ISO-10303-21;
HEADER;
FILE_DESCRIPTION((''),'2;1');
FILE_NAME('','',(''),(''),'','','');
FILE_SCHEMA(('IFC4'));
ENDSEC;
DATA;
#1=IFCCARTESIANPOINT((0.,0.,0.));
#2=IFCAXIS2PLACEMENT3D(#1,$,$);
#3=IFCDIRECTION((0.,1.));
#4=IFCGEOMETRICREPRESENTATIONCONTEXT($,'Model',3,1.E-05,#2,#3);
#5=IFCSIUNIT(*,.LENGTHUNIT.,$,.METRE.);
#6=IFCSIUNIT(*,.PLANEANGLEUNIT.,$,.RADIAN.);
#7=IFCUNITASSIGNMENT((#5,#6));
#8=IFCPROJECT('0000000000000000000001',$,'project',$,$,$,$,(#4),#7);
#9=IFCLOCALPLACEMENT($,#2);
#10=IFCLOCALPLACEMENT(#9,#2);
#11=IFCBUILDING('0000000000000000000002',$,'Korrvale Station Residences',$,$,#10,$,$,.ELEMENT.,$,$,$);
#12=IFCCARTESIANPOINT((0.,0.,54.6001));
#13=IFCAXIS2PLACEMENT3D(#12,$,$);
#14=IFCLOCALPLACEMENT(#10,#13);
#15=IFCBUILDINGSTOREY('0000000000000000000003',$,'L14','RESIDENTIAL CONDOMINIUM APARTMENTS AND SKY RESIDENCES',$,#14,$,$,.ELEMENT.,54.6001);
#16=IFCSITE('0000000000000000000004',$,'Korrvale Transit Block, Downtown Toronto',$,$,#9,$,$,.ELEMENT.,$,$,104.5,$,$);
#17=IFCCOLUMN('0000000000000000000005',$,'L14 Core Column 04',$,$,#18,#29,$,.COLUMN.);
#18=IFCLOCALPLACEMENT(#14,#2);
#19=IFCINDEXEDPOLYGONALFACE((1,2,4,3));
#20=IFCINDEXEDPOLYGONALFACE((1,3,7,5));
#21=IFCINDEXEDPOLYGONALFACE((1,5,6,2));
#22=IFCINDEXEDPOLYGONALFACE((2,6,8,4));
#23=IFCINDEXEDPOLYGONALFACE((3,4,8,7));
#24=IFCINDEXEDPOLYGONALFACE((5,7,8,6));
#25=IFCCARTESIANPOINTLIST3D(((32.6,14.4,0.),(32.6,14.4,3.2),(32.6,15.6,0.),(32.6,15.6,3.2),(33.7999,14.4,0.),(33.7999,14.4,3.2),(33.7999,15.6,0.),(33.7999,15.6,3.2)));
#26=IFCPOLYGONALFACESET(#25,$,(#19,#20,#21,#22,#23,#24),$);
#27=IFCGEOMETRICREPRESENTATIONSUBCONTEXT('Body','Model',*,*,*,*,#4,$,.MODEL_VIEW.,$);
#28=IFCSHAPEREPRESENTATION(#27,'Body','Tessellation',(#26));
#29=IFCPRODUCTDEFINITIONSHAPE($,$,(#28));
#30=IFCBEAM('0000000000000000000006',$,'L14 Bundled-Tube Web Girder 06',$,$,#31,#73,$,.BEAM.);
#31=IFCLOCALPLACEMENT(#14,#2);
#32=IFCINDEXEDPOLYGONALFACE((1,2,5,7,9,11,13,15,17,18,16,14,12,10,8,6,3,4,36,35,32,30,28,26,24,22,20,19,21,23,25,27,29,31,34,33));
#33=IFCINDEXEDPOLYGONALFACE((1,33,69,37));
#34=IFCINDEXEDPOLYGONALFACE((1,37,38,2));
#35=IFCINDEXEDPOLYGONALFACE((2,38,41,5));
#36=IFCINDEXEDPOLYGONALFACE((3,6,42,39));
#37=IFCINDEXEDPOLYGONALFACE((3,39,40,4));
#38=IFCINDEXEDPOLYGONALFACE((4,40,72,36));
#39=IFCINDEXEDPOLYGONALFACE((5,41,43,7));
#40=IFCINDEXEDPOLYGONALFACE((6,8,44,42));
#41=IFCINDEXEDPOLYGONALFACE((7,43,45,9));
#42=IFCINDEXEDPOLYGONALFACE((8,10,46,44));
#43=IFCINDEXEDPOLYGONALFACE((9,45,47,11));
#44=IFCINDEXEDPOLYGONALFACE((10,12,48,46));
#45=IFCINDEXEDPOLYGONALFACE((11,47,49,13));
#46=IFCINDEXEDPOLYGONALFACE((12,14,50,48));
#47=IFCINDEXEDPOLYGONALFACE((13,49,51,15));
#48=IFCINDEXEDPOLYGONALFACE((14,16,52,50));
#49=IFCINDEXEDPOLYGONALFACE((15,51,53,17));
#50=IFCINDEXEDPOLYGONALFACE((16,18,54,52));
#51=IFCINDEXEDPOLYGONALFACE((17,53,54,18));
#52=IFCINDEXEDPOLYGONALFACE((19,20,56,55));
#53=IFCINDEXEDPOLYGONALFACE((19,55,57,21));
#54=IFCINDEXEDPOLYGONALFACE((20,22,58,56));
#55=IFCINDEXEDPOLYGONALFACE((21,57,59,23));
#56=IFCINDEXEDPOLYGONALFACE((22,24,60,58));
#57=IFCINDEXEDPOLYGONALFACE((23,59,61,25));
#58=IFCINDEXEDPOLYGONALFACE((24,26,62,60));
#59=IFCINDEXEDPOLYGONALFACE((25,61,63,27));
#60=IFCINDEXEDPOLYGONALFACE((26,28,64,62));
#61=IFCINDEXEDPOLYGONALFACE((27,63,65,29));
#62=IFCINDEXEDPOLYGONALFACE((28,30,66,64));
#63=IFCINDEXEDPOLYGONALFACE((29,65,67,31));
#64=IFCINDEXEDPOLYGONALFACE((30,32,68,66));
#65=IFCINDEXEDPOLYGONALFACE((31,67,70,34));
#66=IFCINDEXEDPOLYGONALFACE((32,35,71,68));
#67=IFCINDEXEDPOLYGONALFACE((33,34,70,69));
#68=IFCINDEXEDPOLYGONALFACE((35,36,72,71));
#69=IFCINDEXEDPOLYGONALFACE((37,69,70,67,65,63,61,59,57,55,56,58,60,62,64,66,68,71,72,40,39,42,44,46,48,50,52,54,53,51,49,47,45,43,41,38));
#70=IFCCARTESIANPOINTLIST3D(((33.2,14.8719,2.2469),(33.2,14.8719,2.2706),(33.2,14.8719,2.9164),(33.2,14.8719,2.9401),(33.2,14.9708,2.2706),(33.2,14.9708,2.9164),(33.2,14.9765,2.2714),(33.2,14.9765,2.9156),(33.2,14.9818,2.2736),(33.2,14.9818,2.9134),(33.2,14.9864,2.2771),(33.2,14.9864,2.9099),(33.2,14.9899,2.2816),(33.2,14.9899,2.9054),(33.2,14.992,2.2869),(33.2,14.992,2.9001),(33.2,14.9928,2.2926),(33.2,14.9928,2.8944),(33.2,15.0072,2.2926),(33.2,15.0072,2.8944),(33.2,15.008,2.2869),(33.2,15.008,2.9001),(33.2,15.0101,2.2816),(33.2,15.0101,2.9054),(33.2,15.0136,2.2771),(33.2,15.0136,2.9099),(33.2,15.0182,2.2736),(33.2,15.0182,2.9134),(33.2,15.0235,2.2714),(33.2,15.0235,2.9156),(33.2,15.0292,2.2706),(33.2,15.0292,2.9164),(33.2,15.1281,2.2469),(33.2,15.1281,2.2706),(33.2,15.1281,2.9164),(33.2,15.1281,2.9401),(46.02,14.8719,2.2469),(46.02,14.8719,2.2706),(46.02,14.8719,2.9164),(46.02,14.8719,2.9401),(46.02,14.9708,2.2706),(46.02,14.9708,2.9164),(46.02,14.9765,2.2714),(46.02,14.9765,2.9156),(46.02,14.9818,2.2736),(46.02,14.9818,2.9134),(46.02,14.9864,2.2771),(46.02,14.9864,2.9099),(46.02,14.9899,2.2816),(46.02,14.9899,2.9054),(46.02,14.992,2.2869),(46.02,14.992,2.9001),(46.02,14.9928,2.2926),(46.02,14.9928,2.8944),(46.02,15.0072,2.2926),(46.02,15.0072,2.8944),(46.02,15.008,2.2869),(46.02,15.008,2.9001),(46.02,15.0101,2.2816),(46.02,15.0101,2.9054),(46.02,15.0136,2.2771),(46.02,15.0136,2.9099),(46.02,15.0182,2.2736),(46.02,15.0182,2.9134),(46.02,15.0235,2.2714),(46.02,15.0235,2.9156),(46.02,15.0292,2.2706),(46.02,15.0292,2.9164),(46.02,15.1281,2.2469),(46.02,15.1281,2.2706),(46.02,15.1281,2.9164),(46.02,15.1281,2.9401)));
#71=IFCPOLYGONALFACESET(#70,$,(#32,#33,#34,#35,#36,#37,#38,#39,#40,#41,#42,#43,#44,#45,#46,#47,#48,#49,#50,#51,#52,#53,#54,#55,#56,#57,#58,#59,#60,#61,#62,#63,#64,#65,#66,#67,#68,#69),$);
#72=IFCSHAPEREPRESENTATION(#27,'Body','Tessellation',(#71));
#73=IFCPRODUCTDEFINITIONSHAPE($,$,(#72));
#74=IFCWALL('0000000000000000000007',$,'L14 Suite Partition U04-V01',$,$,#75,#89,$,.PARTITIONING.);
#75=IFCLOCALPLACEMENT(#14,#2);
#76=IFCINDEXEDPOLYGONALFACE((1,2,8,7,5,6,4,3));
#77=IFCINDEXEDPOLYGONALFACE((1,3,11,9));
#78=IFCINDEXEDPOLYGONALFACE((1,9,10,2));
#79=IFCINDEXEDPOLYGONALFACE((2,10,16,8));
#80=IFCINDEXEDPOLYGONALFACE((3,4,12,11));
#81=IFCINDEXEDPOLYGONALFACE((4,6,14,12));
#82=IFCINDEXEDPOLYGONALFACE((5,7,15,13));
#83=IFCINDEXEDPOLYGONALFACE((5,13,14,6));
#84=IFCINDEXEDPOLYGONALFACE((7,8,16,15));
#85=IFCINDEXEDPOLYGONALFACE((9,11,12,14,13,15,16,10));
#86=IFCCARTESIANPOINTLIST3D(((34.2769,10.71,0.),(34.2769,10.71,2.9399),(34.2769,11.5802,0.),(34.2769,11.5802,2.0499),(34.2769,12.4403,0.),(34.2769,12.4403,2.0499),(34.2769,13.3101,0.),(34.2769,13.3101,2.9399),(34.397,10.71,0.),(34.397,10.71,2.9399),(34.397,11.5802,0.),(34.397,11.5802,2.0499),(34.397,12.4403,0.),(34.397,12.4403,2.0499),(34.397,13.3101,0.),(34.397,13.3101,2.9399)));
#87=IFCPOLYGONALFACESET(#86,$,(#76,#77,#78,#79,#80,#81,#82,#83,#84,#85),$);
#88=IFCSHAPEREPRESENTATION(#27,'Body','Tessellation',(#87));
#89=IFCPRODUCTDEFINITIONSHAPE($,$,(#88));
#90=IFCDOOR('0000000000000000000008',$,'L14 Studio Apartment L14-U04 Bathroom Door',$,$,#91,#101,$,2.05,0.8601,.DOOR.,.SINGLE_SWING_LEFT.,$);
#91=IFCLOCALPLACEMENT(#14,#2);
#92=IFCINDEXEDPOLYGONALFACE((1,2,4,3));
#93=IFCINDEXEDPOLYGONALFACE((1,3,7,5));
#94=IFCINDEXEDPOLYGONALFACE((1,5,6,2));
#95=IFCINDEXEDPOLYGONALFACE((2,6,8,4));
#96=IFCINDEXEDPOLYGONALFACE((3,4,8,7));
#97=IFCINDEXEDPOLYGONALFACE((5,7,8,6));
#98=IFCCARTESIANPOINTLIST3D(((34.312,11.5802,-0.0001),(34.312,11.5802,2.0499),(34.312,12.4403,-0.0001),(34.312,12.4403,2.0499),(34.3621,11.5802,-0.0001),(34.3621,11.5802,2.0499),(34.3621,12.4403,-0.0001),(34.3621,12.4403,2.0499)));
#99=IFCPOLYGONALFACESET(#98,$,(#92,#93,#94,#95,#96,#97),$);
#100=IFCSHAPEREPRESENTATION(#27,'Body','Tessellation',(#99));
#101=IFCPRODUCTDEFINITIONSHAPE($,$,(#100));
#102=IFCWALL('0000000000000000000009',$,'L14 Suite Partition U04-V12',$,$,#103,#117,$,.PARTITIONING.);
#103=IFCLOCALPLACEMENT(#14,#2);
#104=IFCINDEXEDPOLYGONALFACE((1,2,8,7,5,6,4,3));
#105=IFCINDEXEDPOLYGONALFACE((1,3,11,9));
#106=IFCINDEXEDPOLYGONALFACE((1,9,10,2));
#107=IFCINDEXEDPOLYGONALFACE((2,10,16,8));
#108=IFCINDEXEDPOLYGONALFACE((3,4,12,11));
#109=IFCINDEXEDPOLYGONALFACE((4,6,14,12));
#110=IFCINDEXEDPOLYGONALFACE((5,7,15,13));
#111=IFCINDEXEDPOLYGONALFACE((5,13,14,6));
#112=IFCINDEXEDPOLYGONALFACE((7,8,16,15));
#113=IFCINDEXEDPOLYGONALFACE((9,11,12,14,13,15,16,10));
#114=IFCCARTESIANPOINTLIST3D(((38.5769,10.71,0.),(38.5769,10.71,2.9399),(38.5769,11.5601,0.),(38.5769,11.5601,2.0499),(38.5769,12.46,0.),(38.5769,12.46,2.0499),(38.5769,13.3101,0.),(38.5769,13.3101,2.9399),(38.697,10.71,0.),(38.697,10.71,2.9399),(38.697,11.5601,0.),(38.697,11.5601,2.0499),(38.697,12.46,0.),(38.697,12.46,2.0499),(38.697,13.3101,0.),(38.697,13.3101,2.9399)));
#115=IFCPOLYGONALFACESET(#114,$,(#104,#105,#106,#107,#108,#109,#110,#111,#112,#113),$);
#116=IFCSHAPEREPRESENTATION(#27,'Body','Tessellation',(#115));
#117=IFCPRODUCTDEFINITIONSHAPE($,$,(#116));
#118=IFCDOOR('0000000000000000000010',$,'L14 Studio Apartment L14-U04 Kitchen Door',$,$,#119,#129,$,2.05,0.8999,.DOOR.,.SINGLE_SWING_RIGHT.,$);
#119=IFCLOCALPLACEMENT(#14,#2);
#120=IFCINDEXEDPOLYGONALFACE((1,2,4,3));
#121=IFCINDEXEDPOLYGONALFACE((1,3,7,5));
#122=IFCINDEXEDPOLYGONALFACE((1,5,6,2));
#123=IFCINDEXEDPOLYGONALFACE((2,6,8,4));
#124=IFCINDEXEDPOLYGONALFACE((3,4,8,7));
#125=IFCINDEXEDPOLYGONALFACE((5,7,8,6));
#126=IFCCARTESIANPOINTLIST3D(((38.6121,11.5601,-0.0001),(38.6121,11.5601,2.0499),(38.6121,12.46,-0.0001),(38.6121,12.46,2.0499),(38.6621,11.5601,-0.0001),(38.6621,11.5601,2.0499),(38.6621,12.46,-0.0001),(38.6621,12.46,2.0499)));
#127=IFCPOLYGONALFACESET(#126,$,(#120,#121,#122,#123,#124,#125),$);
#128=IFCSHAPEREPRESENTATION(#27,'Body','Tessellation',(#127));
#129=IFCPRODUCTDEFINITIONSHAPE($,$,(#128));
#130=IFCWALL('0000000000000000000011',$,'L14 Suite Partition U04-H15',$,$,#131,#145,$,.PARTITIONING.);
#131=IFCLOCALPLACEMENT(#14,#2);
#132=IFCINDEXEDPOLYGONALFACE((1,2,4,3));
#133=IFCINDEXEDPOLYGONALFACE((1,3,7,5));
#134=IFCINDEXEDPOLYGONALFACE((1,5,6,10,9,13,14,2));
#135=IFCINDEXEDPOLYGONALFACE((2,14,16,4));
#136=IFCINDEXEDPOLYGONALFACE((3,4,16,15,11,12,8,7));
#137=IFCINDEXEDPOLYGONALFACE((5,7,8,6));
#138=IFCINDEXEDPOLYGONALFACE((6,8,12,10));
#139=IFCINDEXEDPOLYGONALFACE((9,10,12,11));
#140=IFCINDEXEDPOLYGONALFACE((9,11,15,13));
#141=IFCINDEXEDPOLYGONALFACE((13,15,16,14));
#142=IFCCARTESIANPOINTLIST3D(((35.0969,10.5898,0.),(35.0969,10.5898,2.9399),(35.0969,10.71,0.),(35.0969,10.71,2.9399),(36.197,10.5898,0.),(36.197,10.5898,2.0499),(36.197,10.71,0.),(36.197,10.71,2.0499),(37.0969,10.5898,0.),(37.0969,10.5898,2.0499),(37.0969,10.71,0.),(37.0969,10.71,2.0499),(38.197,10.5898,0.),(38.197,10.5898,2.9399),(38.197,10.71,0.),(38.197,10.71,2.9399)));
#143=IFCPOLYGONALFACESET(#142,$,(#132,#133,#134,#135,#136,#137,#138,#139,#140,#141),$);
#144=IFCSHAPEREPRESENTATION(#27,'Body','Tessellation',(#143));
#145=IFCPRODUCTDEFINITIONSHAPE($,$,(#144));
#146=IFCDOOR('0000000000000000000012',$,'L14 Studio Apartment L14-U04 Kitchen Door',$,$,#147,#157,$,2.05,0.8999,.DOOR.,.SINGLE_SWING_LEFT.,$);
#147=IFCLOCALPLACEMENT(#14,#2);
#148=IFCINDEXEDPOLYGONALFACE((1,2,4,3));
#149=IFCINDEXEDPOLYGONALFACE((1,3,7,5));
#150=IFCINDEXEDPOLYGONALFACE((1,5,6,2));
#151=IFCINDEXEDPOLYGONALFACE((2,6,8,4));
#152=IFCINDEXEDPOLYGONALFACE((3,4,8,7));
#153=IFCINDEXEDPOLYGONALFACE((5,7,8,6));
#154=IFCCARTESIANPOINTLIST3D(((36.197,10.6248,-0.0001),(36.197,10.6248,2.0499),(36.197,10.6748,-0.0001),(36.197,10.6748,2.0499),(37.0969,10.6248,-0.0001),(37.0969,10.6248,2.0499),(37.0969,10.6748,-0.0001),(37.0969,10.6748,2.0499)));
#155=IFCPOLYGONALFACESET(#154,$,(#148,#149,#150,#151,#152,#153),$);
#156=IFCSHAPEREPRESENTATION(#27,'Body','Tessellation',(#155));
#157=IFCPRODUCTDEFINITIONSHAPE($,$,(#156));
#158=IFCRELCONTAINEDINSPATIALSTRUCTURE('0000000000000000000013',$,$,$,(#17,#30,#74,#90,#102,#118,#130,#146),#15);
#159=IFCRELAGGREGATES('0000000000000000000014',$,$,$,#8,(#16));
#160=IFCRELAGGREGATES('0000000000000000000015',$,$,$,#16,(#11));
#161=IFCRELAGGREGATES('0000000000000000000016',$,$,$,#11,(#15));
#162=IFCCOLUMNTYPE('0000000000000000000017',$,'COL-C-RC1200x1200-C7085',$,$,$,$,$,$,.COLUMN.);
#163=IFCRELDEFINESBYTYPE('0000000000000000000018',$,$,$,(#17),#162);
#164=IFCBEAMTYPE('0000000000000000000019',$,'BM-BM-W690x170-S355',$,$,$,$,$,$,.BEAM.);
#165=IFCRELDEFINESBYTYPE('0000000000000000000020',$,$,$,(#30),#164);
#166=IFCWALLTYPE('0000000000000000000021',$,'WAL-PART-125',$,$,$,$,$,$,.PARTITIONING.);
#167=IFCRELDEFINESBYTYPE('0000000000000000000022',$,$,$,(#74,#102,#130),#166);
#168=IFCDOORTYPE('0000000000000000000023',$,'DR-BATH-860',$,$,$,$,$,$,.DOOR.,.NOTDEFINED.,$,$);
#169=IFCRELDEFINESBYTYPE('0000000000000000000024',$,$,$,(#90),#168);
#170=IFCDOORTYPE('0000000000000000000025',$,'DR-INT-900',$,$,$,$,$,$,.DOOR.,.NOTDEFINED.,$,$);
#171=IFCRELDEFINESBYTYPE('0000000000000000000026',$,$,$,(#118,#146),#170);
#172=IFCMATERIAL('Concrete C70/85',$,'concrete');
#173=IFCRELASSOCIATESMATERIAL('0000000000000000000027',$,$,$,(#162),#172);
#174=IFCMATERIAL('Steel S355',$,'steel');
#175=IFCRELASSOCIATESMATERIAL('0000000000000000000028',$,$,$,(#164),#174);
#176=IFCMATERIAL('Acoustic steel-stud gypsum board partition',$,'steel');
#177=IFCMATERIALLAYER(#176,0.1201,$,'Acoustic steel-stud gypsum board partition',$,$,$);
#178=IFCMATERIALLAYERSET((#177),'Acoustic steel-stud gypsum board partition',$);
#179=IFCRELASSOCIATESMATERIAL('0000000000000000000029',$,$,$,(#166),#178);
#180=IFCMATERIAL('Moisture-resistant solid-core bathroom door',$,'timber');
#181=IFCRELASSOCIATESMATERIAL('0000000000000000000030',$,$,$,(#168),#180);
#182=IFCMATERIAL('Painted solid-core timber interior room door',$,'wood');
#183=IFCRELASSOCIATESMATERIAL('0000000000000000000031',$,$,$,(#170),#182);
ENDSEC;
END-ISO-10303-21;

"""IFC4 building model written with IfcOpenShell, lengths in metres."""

from ifc_helpers import new_model, si_unit, direction, frame, frame_2d, origin, origin_2d, place, context, subcontext, project, spatial, rectangle, i_section, extrude, material, layer, layer_set, material_profile, profile_set, type_object, element, fill, save


model = new_model("IFC4")

# Units and contexts
model_context = context("Model", 3, precision=1e-05, world=origin(), true_north=direction((0.0, 1.0)))
body_context = subcontext(model_context, "Body", "Model", "MODEL_VIEW")
ifc_project = project(units=[si_unit("LENGTHUNIT", "METRE"), si_unit("PLANEANGLEUNIT", "RADIAN")], contexts=[model_context])

# Site, building, storey
site_placement = place(None, origin())
site = spatial("IfcSite", under=ifc_project, at=site_placement, Name="Korrvale Transit Block, Downtown Toronto", CompositionType="ELEMENT", RefElevation=104.5)
building_placement = place(site_placement, origin())
building = spatial("IfcBuilding", under=site, at=building_placement, Name="Korrvale Station Residences", CompositionType="ELEMENT")
storey_placement = place(building_placement, frame((0.0, 0.0, 54.6001)))
storey = spatial("IfcBuildingStorey", under=building, at=storey_placement, Name="L14", Description="RESIDENTIAL CONDOMINIUM APARTMENTS AND SKY RESIDENCES", CompositionType="ELEMENT", Elevation=54.6001)

# Column
ifc_material_1 = material(Name="Concrete C70/85", Category="concrete")
ifc_material_profile_1 = material_profile(ifc_material_1, rectangle(XDim=1.2, YDim=1.2, at=origin_2d()), Name="RC1200x1200")
ifc_profile_set_1 = profile_set([ifc_material_profile_1], Name="Concrete C70/85")
column_type = type_object("IfcColumnType", Name="COL-C-RC1200x1200-C7085", PredefinedType="COLUMN", material=ifc_profile_set_1)
column_placement = place(storey_placement, frame((33.2, 15.0, 0.0), z_axis=(0.0, 0.0, 1.0), x_axis=(1.0, 0.0, 0.0)))
element("IfcColumn", 1, at=column_placement, inside=storey, type_object=column_type, Name="L14 Core Column 04", PredefinedType="COLUMN", context=body_context, shape_type="SweptSolid", body=[
    extrude(rectangle(XDim=1.2, YDim=1.2, at=origin_2d()), origin(), (0.0, 0.0, 1.0), 3.2),
])

# Beam
ifc_material_2 = material(Name="Steel S355", Category="steel")
ifc_material_profile_2 = material_profile(ifc_material_2, i_section(OverallWidth=0.2561, OverallDepth=0.6931, WebThickness=0.0144, FlangeThickness=0.0237, FilletRadius=0.022, at=origin_2d()), Name="W690x170")
ifc_profile_set_2 = profile_set([ifc_material_profile_2], Name="Steel S355")
beam_type = type_object("IfcBeamType", Name="BM-BM-W690x170-S355", PredefinedType="BEAM", material=ifc_profile_set_2)
beam_placement = place(storey_placement, frame((33.2, 15.0, 2.5935), z_axis=(1.0, 0.0, 0.0), x_axis=(0.0, 1.0, 0.0)))
element("IfcBeam", 2, at=beam_placement, inside=storey, type_object=beam_type, Name="L14 Bundled-Tube Web Girder 06", PredefinedType="BEAM", context=body_context, shape_type="SweptSolid", body=[
    extrude(i_section(OverallWidth=0.2561, OverallDepth=0.6931, WebThickness=0.0144, FlangeThickness=0.0237, FilletRadius=0.022, at=origin_2d()), origin(), (0.0, 0.0, 1.0), 12.8201),
])

# Walls, openings, doors
ifc_material_3 = material(Name="Acoustic steel-stud gypsum board partition", Category="steel")
ifc_layer_1 = layer(ifc_material_3, 0.1201, Name="Acoustic steel-stud gypsum board partition")
ifc_layer_set_1 = layer_set([ifc_layer_1], Name="Acoustic steel-stud gypsum board partition")
wall_type_1 = type_object("IfcWallType", Name="WAL-PART-125", PredefinedType="PARTITIONING", material=ifc_layer_set_1)
wall_1_placement = place(storey_placement, frame((34.3369, 10.71, 0.0), z_axis=(0.0, 0.0, 1.0), x_axis=(0.0, 1.0, 0.0)))
wall_1 = element("IfcWall", 3, at=wall_1_placement, inside=storey, type_object=wall_type_1, Name="L14 Suite Partition U04-V01", PredefinedType="PARTITIONING", context=body_context, shape_type="SweptSolid", body=[
    extrude(rectangle(XDim=2.6001, YDim=0.1201, at=frame_2d((1.3, 0.0))), origin(), (0.0, 0.0, 1.0), 2.9399),
])
opening_1_placement = place(wall_1_placement, frame((0.8701, 0.0, 0.0)))
opening_1 = element("IfcOpeningElement", 4, at=opening_1_placement, cuts=wall_1, PredefinedType="OPENING", context=body_context, shape_type="SweptSolid", body=[
    extrude(rectangle(XDim=0.8601, YDim=2.05, at=frame_2d((0.4302, 1.0249))), frame((0.0, 0.0701, 0.0), z_axis=(0.0, -1.0, 0.0), x_axis=(1.0, 0.0, 0.0)), (0.0, 0.0, 1.0), 0.1401),
])
ifc_material_4 = material(Name="Moisture-resistant solid-core bathroom door", Category="timber")
door_type_1 = type_object("IfcDoorType", Name="DR-BATH-860", OperationType="NOTDEFINED", PredefinedType="DOOR", material=ifc_material_4)
door_1_placement = place(opening_1_placement, origin())
door_1 = element("IfcDoor", 5, at=door_1_placement, inside=storey, type_object=door_type_1, Name="L14 Studio Apartment L14-U04 Bathroom Door", OperationType="SINGLE_SWING_LEFT", OverallHeight=2.05, OverallWidth=0.8601, PredefinedType="DOOR", context=body_context, shape_type="SweptSolid", body=[
    extrude(rectangle(XDim=0.8601, YDim=2.05, at=frame_2d((0.4302, 1.0249))), frame((0.0, 0.0249, 0.0), z_axis=(0.0, -1.0, 0.0), x_axis=(1.0, 0.0, 0.0)), (0.0, 0.0, 1.0), 0.05),
])
fill(opening_1, door_1)
wall_2_placement = place(storey_placement, frame((38.637, 10.71, 0.0), z_axis=(0.0, 0.0, 1.0), x_axis=(0.0, 1.0, 0.0)))
wall_2 = element("IfcWall", 6, at=wall_2_placement, inside=storey, type_object=wall_type_1, Name="L14 Suite Partition U04-V12", PredefinedType="PARTITIONING", context=body_context, shape_type="SweptSolid", body=[
    extrude(rectangle(XDim=2.6001, YDim=0.1201, at=frame_2d((1.3, 0.0))), origin(), (0.0, 0.0, 1.0), 2.9399),
])
opening_2_placement = place(wall_2_placement, frame((0.8501, 0.0, 0.0)))
opening_2 = element("IfcOpeningElement", 7, at=opening_2_placement, cuts=wall_2, PredefinedType="OPENING", context=body_context, shape_type="SweptSolid", body=[
    extrude(rectangle(XDim=0.8999, YDim=2.05, at=frame_2d((0.45, 1.0249))), frame((0.0, 0.0701, 0.0), z_axis=(0.0, -1.0, 0.0), x_axis=(1.0, 0.0, 0.0)), (0.0, 0.0, 1.0), 0.1401),
])
ifc_material_5 = material(Name="Painted solid-core timber interior room door", Category="wood")
door_type_2 = type_object("IfcDoorType", Name="DR-INT-900", OperationType="NOTDEFINED", PredefinedType="DOOR", material=ifc_material_5)
door_2_placement = place(opening_2_placement, origin())
door_2 = element("IfcDoor", 8, at=door_2_placement, inside=storey, type_object=door_type_2, Name="L14 Studio Apartment L14-U04 Kitchen Door", OperationType="SINGLE_SWING_RIGHT", OverallHeight=2.05, OverallWidth=0.8999, PredefinedType="DOOR", context=body_context, shape_type="SweptSolid", body=[
    extrude(rectangle(XDim=0.8999, YDim=2.05, at=frame_2d((0.45, 1.0249))), frame((0.0, 0.0249, 0.0), z_axis=(0.0, -1.0, 0.0), x_axis=(1.0, 0.0, 0.0)), (0.0, 0.0, 1.0), 0.05),
])
fill(opening_2, door_2)
wall_3_placement = place(storey_placement, frame((35.0969, 10.6499, 0.0), z_axis=(0.0, 0.0, 1.0), x_axis=(1.0, 0.0, 0.0)))
wall_3 = element("IfcWall", 9, at=wall_3_placement, inside=storey, type_object=wall_type_1, Name="L14 Suite Partition U04-H15", PredefinedType="PARTITIONING", context=body_context, shape_type="SweptSolid", body=[
    extrude(rectangle(XDim=3.1001, YDim=0.1201, at=frame_2d((1.55, 0.0))), origin(), (0.0, 0.0, 1.0), 2.9399),
])
opening_3_placement = place(wall_3_placement, frame((1.1001, 0.0, 0.0)))
opening_3 = element("IfcOpeningElement", 10, at=opening_3_placement, cuts=wall_3, PredefinedType="OPENING", context=body_context, shape_type="SweptSolid", body=[
    extrude(rectangle(XDim=0.8999, YDim=2.05, at=frame_2d((0.45, 1.0249))), frame((0.0, 0.0701, 0.0), z_axis=(0.0, -1.0, 0.0), x_axis=(1.0, 0.0, 0.0)), (0.0, 0.0, 1.0), 0.1401),
])
door_3_placement = place(opening_3_placement, origin())
door_3 = element("IfcDoor", 11, at=door_3_placement, inside=storey, type_object=door_type_2, Name="L14 Studio Apartment L14-U04 Kitchen Door", OperationType="SINGLE_SWING_LEFT", OverallHeight=2.05, OverallWidth=0.8999, PredefinedType="DOOR", context=body_context, shape_type="SweptSolid", body=[
    extrude(rectangle(XDim=0.8999, YDim=2.05, at=frame_2d((0.45, 1.0249))), frame((0.0, 0.0249, 0.0), z_axis=(0.0, -1.0, 0.0), x_axis=(1.0, 0.0, 0.0)), (0.0, 0.0, 1.0), 0.05),
])
fill(opening_3, door_3)

save(model, "model.ifc")
